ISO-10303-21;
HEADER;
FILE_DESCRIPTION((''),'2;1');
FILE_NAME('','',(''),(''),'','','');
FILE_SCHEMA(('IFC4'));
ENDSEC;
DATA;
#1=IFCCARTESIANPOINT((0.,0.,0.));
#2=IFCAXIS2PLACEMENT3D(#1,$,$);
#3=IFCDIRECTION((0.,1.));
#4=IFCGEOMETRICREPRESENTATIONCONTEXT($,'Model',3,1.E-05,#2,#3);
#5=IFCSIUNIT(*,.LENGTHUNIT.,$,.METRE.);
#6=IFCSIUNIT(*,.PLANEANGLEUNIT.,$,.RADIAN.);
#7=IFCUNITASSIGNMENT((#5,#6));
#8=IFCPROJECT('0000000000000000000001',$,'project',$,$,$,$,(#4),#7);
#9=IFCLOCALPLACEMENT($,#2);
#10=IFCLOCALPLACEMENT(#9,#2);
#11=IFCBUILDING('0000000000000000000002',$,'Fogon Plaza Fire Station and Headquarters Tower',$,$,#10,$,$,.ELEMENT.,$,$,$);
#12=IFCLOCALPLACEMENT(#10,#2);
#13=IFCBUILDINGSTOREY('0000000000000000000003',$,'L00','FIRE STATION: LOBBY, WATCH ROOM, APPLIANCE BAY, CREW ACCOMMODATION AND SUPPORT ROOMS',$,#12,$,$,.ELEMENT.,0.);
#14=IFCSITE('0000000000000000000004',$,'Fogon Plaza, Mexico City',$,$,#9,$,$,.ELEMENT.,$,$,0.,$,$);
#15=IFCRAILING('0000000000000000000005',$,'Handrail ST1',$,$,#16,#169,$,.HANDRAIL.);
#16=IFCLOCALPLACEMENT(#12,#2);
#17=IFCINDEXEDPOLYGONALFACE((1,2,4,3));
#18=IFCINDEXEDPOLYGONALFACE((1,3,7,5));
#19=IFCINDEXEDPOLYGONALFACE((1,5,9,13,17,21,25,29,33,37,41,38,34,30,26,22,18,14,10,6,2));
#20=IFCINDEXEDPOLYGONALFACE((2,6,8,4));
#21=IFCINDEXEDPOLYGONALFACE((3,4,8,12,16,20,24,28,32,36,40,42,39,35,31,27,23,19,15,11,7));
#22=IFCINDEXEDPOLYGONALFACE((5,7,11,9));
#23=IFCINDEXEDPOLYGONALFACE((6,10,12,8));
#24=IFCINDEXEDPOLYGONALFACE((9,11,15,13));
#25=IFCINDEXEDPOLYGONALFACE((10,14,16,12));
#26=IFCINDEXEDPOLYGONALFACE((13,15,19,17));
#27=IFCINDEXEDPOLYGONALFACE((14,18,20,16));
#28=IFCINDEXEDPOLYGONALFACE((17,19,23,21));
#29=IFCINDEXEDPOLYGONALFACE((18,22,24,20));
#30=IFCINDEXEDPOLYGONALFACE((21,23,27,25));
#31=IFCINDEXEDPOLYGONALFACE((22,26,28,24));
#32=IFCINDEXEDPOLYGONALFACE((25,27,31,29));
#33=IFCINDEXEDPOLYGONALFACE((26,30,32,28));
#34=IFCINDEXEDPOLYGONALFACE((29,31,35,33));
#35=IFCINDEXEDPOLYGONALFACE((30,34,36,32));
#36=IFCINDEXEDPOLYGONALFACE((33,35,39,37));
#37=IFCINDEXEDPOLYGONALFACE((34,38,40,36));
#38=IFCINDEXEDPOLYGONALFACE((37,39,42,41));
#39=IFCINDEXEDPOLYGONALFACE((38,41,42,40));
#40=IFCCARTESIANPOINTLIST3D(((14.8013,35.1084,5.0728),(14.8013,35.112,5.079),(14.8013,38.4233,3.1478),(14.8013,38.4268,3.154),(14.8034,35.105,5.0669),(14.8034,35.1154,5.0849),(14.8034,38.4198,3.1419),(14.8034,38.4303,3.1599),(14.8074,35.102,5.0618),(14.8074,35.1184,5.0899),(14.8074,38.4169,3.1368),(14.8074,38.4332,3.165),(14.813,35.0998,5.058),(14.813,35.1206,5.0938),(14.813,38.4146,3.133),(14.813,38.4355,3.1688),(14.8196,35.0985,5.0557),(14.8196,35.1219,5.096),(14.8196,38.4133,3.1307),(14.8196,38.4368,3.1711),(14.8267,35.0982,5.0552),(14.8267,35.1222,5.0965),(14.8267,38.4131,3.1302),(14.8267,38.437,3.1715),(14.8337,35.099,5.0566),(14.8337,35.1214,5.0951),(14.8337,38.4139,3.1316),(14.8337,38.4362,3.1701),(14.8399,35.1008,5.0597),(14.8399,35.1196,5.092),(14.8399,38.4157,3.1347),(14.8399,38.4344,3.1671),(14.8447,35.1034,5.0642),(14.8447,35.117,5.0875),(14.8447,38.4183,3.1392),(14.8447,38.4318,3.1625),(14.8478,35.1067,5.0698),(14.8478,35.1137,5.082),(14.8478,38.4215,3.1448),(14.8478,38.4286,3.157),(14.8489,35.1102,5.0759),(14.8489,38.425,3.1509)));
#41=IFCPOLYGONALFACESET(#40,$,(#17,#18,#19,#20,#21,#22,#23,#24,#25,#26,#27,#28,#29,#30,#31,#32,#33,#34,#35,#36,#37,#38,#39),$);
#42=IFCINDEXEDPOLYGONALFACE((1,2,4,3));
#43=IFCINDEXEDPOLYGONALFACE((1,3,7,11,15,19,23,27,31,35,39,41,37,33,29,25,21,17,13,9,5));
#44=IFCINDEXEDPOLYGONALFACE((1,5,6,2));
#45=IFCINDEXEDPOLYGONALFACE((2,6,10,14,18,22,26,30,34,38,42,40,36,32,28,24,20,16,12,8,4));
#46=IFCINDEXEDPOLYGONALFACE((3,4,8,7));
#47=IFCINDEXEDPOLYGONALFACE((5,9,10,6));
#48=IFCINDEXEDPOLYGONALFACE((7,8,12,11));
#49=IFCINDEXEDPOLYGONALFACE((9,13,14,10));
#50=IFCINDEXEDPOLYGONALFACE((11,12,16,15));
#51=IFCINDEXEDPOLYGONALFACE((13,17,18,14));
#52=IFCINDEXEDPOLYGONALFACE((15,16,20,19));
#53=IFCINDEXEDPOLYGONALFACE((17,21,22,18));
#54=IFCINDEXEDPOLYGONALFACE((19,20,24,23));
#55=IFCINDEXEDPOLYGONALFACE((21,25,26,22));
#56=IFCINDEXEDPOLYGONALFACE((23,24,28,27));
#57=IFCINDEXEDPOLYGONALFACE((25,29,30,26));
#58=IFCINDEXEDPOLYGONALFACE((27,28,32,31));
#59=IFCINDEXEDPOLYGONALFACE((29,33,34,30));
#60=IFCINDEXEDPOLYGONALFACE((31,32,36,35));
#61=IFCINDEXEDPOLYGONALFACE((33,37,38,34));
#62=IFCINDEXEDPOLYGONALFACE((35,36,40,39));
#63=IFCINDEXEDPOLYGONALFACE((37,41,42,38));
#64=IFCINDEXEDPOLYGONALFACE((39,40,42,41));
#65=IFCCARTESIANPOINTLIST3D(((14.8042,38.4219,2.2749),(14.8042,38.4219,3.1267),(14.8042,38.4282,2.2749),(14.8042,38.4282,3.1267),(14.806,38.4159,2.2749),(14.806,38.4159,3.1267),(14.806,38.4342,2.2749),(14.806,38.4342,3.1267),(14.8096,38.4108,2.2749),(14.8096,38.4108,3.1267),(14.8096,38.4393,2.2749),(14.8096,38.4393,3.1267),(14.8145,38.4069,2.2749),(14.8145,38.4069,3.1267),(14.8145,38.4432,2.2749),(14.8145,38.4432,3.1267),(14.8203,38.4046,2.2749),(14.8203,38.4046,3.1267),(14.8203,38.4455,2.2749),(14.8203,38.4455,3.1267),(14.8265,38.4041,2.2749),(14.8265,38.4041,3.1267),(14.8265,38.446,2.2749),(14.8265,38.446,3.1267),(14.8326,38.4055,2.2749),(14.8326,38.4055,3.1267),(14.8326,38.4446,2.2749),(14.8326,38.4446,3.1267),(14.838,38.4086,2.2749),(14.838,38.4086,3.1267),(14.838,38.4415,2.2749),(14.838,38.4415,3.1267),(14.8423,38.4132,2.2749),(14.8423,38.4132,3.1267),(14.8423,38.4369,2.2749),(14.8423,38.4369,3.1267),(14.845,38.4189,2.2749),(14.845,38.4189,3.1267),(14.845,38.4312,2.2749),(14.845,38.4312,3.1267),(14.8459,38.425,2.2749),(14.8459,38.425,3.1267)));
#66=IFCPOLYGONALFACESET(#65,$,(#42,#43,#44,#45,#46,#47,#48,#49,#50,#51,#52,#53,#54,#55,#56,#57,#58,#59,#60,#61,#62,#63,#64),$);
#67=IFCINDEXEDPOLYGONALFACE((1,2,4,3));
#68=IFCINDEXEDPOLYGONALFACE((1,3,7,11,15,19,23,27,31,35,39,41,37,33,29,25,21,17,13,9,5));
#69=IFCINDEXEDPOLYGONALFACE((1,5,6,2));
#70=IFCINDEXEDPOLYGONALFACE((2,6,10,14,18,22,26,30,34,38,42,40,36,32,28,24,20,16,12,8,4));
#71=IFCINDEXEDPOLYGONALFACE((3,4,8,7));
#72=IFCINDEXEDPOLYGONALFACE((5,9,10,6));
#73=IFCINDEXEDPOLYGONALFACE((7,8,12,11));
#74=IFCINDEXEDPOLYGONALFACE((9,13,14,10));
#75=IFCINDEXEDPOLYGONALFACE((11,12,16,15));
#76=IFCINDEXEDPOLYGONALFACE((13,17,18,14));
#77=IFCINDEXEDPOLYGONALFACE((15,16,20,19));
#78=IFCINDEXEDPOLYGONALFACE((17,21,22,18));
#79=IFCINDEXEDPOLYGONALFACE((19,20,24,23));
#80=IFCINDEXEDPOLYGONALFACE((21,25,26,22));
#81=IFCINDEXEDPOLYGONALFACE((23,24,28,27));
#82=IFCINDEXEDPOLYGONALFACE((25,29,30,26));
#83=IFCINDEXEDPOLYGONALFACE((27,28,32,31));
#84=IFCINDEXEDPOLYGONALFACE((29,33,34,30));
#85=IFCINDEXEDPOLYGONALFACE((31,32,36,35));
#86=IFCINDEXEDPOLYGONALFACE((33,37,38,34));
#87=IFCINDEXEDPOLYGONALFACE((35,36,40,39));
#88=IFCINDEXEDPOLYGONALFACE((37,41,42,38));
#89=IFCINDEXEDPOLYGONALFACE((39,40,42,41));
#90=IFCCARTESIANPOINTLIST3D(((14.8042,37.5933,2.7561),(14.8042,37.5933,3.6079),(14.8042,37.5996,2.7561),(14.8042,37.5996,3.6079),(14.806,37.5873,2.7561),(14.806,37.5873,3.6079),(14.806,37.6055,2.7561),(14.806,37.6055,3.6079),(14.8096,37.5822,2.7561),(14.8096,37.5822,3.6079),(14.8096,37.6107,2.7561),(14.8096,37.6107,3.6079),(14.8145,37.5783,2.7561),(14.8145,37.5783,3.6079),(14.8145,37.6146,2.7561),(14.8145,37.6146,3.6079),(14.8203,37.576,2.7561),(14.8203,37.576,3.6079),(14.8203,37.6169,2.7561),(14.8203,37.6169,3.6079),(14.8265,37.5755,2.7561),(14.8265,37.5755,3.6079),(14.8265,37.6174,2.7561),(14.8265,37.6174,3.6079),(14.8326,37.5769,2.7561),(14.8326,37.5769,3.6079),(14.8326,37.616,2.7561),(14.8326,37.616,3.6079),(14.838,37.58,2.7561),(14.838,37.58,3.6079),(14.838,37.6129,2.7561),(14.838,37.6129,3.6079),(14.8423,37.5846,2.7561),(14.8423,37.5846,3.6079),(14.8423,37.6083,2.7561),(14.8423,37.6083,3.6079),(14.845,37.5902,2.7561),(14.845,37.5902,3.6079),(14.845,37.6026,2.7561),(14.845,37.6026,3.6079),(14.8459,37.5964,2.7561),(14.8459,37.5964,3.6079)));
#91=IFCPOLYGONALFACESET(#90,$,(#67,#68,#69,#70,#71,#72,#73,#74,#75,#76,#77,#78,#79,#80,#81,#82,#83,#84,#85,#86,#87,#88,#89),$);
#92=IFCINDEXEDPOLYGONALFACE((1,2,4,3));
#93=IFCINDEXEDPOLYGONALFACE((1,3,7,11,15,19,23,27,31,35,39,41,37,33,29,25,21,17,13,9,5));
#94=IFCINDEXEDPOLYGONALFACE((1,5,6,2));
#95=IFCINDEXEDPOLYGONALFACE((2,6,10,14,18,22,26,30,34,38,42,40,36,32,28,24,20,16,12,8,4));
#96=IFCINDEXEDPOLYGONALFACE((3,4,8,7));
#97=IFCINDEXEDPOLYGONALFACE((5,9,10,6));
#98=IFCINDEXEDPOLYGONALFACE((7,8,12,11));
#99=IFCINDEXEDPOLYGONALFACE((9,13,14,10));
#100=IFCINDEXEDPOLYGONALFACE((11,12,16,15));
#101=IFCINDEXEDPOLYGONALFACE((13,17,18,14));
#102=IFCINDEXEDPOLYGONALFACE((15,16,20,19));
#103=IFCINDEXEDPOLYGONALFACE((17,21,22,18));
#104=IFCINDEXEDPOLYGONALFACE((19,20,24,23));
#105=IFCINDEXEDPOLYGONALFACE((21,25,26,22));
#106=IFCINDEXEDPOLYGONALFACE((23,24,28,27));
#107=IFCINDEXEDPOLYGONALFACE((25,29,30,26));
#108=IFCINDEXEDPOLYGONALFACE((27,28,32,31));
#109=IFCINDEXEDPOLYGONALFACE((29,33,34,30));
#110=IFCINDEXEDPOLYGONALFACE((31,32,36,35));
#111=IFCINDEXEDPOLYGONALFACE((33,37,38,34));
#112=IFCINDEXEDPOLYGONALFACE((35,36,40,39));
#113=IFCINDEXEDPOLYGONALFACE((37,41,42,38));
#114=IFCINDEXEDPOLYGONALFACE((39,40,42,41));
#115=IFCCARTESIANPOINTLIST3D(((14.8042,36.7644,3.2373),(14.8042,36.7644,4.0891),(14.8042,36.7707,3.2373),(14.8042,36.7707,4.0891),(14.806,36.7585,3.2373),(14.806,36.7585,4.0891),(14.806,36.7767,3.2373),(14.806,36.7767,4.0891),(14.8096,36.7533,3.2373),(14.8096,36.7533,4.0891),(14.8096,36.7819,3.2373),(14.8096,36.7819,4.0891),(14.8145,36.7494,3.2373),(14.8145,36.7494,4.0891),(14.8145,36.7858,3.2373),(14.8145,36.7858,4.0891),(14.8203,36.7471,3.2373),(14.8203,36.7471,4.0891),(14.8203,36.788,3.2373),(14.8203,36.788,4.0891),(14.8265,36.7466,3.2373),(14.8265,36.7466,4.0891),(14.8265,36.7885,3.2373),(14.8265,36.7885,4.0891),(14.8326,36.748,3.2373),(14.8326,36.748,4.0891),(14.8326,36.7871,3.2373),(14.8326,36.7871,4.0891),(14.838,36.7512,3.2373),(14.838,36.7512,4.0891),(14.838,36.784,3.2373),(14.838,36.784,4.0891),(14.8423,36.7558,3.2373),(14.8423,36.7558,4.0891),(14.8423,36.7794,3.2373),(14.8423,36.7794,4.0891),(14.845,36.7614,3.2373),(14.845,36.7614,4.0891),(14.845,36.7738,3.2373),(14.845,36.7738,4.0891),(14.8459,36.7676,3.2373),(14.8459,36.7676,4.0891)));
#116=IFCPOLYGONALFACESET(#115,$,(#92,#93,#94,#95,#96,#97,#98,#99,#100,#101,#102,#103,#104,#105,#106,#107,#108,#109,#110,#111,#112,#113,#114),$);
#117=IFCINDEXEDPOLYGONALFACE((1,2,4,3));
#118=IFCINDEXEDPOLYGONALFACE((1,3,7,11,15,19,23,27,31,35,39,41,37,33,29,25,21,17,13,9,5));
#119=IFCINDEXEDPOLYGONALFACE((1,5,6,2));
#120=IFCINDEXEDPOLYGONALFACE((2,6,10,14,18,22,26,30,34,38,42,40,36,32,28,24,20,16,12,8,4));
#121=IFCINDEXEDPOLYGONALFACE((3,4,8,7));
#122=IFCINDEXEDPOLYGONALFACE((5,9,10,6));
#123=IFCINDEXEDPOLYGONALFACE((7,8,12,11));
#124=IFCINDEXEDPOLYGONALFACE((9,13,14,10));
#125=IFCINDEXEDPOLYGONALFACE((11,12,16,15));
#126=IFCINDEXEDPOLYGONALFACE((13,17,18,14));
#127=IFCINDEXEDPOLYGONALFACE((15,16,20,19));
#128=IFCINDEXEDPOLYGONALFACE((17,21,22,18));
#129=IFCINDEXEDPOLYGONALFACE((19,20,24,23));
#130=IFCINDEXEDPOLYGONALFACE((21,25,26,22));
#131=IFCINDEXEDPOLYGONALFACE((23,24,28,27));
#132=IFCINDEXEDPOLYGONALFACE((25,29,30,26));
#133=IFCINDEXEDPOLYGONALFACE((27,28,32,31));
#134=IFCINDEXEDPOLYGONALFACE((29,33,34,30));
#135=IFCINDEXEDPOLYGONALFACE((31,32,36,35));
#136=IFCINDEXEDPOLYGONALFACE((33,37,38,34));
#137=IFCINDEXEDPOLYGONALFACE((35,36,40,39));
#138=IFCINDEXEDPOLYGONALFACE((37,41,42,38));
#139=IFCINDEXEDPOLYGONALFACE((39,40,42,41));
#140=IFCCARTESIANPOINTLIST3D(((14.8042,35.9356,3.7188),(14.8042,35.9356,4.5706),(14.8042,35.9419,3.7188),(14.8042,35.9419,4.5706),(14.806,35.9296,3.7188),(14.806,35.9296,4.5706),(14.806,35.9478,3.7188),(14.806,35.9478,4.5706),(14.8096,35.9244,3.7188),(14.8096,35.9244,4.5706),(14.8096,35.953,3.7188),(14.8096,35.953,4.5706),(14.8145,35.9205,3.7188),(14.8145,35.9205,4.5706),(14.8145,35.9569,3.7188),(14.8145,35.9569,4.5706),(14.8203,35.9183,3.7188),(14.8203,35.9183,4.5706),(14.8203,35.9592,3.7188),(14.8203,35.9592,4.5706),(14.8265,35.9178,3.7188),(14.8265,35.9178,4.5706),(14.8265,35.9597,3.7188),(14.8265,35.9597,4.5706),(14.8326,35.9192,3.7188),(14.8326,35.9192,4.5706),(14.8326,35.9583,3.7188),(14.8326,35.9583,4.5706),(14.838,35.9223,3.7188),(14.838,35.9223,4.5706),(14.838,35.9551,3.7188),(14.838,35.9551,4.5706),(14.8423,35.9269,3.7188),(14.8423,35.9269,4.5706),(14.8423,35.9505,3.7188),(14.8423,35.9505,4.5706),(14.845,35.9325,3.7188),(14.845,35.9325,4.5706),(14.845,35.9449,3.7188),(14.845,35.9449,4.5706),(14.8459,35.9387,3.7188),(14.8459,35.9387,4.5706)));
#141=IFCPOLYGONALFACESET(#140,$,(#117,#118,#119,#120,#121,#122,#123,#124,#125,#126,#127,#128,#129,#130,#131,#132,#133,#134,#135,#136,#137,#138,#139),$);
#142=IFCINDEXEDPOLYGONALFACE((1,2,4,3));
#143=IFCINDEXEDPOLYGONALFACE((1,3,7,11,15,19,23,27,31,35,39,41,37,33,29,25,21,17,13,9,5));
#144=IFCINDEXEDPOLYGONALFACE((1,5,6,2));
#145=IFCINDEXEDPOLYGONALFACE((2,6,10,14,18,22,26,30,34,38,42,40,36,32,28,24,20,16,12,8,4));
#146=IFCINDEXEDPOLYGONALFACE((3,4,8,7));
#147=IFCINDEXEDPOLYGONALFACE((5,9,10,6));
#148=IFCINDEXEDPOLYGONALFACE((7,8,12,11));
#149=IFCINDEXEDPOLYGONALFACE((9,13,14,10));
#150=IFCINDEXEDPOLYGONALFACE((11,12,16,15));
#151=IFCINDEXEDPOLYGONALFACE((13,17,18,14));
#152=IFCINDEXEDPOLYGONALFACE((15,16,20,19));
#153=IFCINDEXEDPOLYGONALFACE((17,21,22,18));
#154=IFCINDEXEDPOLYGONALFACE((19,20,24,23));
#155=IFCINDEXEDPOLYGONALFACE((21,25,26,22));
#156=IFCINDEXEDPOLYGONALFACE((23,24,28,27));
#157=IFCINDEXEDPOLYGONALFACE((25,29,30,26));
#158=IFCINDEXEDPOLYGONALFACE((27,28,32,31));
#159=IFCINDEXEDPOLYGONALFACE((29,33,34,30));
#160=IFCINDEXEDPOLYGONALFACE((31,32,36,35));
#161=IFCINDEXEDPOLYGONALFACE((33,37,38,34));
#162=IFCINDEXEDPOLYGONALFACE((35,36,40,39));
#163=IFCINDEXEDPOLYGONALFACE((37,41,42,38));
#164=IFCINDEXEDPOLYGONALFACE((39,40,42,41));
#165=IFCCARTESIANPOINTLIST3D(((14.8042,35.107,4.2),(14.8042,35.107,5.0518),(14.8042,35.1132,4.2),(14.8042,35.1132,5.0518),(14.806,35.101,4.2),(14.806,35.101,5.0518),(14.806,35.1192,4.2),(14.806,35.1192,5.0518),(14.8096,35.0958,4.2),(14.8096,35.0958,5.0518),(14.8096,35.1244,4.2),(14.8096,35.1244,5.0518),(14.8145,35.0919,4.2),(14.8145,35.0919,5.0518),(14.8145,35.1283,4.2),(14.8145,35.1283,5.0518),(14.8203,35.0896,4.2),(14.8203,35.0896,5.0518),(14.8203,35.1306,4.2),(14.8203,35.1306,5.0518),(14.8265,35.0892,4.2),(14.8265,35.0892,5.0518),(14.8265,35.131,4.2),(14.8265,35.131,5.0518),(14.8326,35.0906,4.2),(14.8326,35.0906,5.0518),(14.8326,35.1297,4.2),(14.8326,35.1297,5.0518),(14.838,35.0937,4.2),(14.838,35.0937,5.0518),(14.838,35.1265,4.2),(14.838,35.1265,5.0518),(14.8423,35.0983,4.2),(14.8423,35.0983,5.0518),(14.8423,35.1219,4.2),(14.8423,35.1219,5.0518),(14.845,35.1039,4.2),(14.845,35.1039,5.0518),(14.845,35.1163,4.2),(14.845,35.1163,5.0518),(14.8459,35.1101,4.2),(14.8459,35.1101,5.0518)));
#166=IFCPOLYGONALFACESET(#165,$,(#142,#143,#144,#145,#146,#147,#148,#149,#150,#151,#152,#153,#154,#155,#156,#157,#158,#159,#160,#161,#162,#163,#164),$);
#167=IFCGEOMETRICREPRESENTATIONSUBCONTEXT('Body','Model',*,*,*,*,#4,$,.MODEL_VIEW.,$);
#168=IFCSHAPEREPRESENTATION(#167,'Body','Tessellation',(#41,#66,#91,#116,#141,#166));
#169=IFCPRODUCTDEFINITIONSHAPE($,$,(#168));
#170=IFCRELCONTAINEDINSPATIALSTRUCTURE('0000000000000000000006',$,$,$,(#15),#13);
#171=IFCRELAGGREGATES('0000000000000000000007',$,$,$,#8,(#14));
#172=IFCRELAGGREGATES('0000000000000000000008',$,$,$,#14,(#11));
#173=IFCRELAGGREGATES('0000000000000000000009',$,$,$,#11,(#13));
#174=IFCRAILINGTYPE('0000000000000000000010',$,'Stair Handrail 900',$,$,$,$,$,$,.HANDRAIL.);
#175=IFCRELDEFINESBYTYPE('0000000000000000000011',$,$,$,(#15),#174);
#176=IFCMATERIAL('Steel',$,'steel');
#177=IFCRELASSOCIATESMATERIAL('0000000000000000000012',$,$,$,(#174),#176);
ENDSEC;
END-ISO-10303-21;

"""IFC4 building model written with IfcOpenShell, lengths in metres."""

from ifc_helpers import new_model, si_unit, direction, frame, origin, origin_2d, place, context, subcontext, project, spatial, circle, extrude, material, type_object, element, save


model = new_model("IFC4")

# Units and contexts
model_context = context("Model", 3, precision=1e-05, world=origin(), true_north=direction((0.0, 1.0)))
body_context = subcontext(model_context, "Body", "Model", "MODEL_VIEW")
ifc_project = project(units=[si_unit("LENGTHUNIT", "METRE"), si_unit("PLANEANGLEUNIT", "RADIAN")], contexts=[model_context])

# Site, building, storey
site_placement = place(None, origin())
site = spatial("IfcSite", under=ifc_project, at=site_placement, Name="Fogon Plaza, Mexico City", CompositionType="ELEMENT", RefElevation=0.0)
building_placement = place(site_placement, origin())
building = spatial("IfcBuilding", under=site, at=building_placement, Name="Fogon Plaza Fire Station and Headquarters Tower", CompositionType="ELEMENT")
storey_placement = place(building_placement, origin())
storey = spatial("IfcBuildingStorey", under=building, at=storey_placement, Name="L00", Description="FIRE STATION: LOBBY, WATCH ROOM, APPLIANCE BAY, CREW ACCOMMODATION AND SUPPORT ROOMS", CompositionType="ELEMENT", Elevation=0.0)

# Railing
ifc_material_1 = material(Name="Steel", Category="steel")
railing_type = type_object("IfcRailingType", Name="Stair Handrail 900", PredefinedType="HANDRAIL", material=ifc_material_1)
for number, where, name in (
    (1, (14.825, 38.425, 2.2749), "Handrail ST1"),
):
    element("IfcRailing", number, at=place(storey_placement, frame(where)), inside=storey, type_object=railing_type, Name=name, PredefinedType="HANDRAIL", context=body_context, shape_type="SweptSolid", body=[
        extrude(circle(Radius=0.0239, at=origin_2d()), frame((0.0, 0.0, 0.876), z_axis=(0.0, -0.864761, 0.502183), x_axis=(1.0, 0.0, 0.0)), (0.0, 0.0, 1.0), 3.8333),
        extrude(circle(Radius=0.021, at=origin_2d()), origin(), (0.0, 0.0, 1.0), 0.8518),
        extrude(circle(Radius=0.021, at=origin_2d()), frame((0.0, -0.8286, 0.4812)), (0.0, 0.0, 1.0), 0.8518),
        extrude(circle(Radius=0.021, at=origin_2d()), frame((0.0, -1.6575, 0.9624)), (0.0, 0.0, 1.0), 0.8518),
        extrude(circle(Radius=0.021, at=origin_2d()), frame((0.0, -2.4863, 1.4438)), (0.0, 0.0, 1.0), 0.8518),
        extrude(circle(Radius=0.021, at=origin_2d()), frame((0.0, -3.3149, 1.925)), (0.0, 0.0, 1.0), 0.8518),
    ])

save(model, "model.ifc")
